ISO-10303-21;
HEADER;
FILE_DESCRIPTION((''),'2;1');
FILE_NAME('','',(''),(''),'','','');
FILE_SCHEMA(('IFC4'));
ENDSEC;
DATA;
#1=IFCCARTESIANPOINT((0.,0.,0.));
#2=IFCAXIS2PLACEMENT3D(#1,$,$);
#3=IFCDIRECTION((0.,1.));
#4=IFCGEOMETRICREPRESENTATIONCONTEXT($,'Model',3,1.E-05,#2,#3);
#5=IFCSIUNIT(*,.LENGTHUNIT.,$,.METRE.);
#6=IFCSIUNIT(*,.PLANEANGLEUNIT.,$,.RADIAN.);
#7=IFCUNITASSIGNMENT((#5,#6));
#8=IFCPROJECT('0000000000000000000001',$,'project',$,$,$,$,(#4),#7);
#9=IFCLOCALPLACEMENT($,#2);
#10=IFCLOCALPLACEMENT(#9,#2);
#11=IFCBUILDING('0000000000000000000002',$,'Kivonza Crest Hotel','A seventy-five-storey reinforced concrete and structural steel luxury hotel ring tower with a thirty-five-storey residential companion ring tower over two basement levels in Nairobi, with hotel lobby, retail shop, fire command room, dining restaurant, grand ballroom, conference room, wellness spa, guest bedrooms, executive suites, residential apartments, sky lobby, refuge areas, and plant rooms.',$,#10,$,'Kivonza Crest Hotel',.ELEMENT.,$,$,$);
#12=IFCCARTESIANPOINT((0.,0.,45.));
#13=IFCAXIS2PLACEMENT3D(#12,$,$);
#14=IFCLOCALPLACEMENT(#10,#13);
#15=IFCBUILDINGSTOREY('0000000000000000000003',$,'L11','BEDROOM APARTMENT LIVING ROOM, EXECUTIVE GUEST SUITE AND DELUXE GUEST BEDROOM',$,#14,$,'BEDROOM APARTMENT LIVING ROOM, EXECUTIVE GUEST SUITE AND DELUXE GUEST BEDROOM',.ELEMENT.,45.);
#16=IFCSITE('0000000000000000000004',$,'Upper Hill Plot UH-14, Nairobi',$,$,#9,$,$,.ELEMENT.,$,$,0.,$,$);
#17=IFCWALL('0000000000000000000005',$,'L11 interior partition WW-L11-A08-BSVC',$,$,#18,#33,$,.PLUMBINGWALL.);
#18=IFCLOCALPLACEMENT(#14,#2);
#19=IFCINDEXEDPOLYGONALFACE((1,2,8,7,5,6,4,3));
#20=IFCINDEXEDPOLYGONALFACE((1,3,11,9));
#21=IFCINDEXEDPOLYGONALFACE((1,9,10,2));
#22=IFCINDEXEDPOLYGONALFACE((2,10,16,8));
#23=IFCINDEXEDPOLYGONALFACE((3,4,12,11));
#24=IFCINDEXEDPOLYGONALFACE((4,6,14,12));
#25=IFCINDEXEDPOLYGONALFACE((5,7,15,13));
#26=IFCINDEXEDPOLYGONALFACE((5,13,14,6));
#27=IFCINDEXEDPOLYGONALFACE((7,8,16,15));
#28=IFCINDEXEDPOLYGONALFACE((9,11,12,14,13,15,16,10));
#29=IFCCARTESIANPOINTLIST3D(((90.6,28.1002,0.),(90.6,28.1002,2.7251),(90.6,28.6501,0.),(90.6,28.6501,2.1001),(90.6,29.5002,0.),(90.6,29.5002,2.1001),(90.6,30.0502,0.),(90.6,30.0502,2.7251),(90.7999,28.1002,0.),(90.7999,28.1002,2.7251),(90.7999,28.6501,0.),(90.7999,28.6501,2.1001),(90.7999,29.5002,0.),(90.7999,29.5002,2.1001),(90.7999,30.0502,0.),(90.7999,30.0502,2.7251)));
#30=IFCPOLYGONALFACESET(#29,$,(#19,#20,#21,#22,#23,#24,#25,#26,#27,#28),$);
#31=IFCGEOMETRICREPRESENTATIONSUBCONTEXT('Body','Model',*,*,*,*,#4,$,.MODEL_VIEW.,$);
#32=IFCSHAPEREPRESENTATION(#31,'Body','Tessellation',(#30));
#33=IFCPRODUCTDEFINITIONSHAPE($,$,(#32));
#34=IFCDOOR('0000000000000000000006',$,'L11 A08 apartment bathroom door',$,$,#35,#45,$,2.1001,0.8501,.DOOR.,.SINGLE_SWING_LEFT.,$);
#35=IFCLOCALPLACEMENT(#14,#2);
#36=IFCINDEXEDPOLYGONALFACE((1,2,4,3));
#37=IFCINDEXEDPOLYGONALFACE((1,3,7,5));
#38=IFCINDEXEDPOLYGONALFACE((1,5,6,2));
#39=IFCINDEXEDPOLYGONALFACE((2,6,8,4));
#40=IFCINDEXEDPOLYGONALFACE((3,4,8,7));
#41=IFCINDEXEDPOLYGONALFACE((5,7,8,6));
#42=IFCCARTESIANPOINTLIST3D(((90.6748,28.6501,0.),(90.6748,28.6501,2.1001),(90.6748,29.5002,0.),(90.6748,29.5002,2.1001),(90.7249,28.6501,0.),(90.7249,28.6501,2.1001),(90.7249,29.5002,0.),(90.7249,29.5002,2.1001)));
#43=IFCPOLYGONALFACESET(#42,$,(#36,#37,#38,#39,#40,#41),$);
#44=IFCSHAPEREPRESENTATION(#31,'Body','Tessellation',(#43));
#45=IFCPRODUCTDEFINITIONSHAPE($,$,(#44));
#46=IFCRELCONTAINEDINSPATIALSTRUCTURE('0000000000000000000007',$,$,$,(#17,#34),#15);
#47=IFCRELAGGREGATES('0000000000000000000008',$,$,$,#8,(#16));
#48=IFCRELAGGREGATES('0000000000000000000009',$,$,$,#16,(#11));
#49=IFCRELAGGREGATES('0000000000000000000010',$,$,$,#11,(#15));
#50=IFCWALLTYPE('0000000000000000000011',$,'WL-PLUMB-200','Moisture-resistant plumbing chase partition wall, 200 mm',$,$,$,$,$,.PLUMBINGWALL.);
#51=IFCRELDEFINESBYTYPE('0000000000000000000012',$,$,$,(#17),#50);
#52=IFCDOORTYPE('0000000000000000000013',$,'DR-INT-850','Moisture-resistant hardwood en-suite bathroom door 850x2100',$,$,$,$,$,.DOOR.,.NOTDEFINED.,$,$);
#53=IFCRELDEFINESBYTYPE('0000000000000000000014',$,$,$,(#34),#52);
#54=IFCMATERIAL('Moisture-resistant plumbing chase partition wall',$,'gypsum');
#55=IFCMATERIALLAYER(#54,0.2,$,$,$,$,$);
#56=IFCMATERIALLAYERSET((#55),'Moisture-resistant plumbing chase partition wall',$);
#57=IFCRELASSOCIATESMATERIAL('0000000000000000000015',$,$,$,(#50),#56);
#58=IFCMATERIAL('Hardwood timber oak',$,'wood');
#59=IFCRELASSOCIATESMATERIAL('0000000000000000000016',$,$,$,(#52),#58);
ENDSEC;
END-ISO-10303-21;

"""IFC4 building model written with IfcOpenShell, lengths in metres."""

from ifc_helpers import new_model, si_unit, direction, frame, frame_2d, origin, place, context, subcontext, project, spatial, rectangle, extrude, material, layer, layer_set, type_object, element, fill, save


model = new_model("IFC4")

# Units and contexts
model_context = context("Model", 3, precision=1e-05, world=origin(), true_north=direction((0.0, 1.0)))
body_context = subcontext(model_context, "Body", "Model", "MODEL_VIEW")
ifc_project = project(units=[si_unit("LENGTHUNIT", "METRE"), si_unit("PLANEANGLEUNIT", "RADIAN")], contexts=[model_context])

# Site, building, storey
site_placement = place(None, origin())
site = spatial("IfcSite", under=ifc_project, at=site_placement, Name="Upper Hill Plot UH-14, Nairobi", CompositionType="ELEMENT", RefElevation=0.0)
building_placement = place(site_placement, origin())
building = spatial("IfcBuilding", under=site, at=building_placement, Name="Kivonza Crest Hotel", Description="A seventy-five-storey reinforced concrete and structural steel luxury hotel ring tower with a thirty-five-storey residential companion ring tower over two basement levels in Nairobi, with hotel lobby, retail shop, fire command room, dining restaurant, grand ballroom, conference room, wellness spa, guest bedrooms, executive suites, residential apartments, sky lobby, refuge areas, and plant rooms.", LongName="Kivonza Crest Hotel", CompositionType="ELEMENT")
storey_placement = place(building_placement, frame((0.0, 0.0, 45.0)))
storey = spatial("IfcBuildingStorey", under=building, at=storey_placement, Name="L11", Description="BEDROOM APARTMENT LIVING ROOM, EXECUTIVE GUEST SUITE AND DELUXE GUEST BEDROOM", LongName="BEDROOM APARTMENT LIVING ROOM, EXECUTIVE GUEST SUITE AND DELUXE GUEST BEDROOM", CompositionType="ELEMENT", Elevation=45.0)

# Wall, opening, door
ifc_material_1 = material(Name="Hardwood timber oak", Category="wood")
ifc_material_2 = material(Name="Moisture-resistant plumbing chase partition wall", Category="gypsum")
ifc_layer_1 = layer(ifc_material_2, 0.2)
ifc_layer_set_1 = layer_set([ifc_layer_1], Name="Moisture-resistant plumbing chase partition wall")
wall_type_1 = type_object("IfcWallType", Name="WL-PLUMB-200", Description="Moisture-resistant plumbing chase partition wall, 200 mm", PredefinedType="PLUMBINGWALL", material=ifc_layer_set_1)
wall_1_placement = place(storey_placement, frame((90.7, 28.1001, 0.0), z_axis=(0.0, 0.0, 1.0), x_axis=(0.0, 1.0, 0.0)))
wall_1 = element("IfcWall", 1, at=wall_1_placement, inside=storey, type_object=wall_type_1, Name="L11 interior partition WW-L11-A08-BSVC", PredefinedType="PLUMBINGWALL", context=body_context, shape_type="SweptSolid", body=[
    extrude(rectangle(XDim=1.95, YDim=0.2, at=frame_2d((0.9751, 0.0))), origin(), (0.0, 0.0, 1.0), 2.7251),
])
opening_1_placement = place(wall_1_placement, frame((0.55, 0.0, 0.0)))
opening_1 = element("IfcOpeningElement", 2, at=opening_1_placement, cuts=wall_1, PredefinedType="OPENING", context=body_context, shape_type="SweptSolid", body=[
    extrude(rectangle(XDim=0.8501, YDim=2.1001, at=frame_2d((0.425, 1.05))), frame((0.0, 0.1099, 0.0), z_axis=(0.0, -1.0, 0.0), x_axis=(1.0, 0.0, 0.0)), (0.0, 0.0, 1.0), 0.22),
])
door_type_1 = type_object("IfcDoorType", Name="DR-INT-850", Description="Moisture-resistant hardwood en-suite bathroom door 850x2100", OperationType="NOTDEFINED", PredefinedType="DOOR", material=ifc_material_1)
door_1_placement = place(opening_1_placement, frame((0.8501, 0.0, 0.0), z_axis=(0.0, 0.0, 1.0), x_axis=(-1.0, 0.0, 0.0)))
door_1 = element("IfcDoor", 3, at=door_1_placement, inside=storey, type_object=door_type_1, Name="L11 A08 apartment bathroom door", OperationType="SINGLE_SWING_LEFT", OverallHeight=2.1001, OverallWidth=0.8501, PredefinedType="DOOR", context=body_context, shape_type="SweptSolid", body=[
    extrude(rectangle(XDim=0.8501, YDim=2.1001, at=frame_2d((0.425, 1.05))), frame((0.0, 0.0249, 0.0), z_axis=(0.0, -1.0, 0.0), x_axis=(1.0, 0.0, 0.0)), (0.0, 0.0, 1.0), 0.05),
])
fill(opening_1, door_1)

save(model, "model.ifc")
